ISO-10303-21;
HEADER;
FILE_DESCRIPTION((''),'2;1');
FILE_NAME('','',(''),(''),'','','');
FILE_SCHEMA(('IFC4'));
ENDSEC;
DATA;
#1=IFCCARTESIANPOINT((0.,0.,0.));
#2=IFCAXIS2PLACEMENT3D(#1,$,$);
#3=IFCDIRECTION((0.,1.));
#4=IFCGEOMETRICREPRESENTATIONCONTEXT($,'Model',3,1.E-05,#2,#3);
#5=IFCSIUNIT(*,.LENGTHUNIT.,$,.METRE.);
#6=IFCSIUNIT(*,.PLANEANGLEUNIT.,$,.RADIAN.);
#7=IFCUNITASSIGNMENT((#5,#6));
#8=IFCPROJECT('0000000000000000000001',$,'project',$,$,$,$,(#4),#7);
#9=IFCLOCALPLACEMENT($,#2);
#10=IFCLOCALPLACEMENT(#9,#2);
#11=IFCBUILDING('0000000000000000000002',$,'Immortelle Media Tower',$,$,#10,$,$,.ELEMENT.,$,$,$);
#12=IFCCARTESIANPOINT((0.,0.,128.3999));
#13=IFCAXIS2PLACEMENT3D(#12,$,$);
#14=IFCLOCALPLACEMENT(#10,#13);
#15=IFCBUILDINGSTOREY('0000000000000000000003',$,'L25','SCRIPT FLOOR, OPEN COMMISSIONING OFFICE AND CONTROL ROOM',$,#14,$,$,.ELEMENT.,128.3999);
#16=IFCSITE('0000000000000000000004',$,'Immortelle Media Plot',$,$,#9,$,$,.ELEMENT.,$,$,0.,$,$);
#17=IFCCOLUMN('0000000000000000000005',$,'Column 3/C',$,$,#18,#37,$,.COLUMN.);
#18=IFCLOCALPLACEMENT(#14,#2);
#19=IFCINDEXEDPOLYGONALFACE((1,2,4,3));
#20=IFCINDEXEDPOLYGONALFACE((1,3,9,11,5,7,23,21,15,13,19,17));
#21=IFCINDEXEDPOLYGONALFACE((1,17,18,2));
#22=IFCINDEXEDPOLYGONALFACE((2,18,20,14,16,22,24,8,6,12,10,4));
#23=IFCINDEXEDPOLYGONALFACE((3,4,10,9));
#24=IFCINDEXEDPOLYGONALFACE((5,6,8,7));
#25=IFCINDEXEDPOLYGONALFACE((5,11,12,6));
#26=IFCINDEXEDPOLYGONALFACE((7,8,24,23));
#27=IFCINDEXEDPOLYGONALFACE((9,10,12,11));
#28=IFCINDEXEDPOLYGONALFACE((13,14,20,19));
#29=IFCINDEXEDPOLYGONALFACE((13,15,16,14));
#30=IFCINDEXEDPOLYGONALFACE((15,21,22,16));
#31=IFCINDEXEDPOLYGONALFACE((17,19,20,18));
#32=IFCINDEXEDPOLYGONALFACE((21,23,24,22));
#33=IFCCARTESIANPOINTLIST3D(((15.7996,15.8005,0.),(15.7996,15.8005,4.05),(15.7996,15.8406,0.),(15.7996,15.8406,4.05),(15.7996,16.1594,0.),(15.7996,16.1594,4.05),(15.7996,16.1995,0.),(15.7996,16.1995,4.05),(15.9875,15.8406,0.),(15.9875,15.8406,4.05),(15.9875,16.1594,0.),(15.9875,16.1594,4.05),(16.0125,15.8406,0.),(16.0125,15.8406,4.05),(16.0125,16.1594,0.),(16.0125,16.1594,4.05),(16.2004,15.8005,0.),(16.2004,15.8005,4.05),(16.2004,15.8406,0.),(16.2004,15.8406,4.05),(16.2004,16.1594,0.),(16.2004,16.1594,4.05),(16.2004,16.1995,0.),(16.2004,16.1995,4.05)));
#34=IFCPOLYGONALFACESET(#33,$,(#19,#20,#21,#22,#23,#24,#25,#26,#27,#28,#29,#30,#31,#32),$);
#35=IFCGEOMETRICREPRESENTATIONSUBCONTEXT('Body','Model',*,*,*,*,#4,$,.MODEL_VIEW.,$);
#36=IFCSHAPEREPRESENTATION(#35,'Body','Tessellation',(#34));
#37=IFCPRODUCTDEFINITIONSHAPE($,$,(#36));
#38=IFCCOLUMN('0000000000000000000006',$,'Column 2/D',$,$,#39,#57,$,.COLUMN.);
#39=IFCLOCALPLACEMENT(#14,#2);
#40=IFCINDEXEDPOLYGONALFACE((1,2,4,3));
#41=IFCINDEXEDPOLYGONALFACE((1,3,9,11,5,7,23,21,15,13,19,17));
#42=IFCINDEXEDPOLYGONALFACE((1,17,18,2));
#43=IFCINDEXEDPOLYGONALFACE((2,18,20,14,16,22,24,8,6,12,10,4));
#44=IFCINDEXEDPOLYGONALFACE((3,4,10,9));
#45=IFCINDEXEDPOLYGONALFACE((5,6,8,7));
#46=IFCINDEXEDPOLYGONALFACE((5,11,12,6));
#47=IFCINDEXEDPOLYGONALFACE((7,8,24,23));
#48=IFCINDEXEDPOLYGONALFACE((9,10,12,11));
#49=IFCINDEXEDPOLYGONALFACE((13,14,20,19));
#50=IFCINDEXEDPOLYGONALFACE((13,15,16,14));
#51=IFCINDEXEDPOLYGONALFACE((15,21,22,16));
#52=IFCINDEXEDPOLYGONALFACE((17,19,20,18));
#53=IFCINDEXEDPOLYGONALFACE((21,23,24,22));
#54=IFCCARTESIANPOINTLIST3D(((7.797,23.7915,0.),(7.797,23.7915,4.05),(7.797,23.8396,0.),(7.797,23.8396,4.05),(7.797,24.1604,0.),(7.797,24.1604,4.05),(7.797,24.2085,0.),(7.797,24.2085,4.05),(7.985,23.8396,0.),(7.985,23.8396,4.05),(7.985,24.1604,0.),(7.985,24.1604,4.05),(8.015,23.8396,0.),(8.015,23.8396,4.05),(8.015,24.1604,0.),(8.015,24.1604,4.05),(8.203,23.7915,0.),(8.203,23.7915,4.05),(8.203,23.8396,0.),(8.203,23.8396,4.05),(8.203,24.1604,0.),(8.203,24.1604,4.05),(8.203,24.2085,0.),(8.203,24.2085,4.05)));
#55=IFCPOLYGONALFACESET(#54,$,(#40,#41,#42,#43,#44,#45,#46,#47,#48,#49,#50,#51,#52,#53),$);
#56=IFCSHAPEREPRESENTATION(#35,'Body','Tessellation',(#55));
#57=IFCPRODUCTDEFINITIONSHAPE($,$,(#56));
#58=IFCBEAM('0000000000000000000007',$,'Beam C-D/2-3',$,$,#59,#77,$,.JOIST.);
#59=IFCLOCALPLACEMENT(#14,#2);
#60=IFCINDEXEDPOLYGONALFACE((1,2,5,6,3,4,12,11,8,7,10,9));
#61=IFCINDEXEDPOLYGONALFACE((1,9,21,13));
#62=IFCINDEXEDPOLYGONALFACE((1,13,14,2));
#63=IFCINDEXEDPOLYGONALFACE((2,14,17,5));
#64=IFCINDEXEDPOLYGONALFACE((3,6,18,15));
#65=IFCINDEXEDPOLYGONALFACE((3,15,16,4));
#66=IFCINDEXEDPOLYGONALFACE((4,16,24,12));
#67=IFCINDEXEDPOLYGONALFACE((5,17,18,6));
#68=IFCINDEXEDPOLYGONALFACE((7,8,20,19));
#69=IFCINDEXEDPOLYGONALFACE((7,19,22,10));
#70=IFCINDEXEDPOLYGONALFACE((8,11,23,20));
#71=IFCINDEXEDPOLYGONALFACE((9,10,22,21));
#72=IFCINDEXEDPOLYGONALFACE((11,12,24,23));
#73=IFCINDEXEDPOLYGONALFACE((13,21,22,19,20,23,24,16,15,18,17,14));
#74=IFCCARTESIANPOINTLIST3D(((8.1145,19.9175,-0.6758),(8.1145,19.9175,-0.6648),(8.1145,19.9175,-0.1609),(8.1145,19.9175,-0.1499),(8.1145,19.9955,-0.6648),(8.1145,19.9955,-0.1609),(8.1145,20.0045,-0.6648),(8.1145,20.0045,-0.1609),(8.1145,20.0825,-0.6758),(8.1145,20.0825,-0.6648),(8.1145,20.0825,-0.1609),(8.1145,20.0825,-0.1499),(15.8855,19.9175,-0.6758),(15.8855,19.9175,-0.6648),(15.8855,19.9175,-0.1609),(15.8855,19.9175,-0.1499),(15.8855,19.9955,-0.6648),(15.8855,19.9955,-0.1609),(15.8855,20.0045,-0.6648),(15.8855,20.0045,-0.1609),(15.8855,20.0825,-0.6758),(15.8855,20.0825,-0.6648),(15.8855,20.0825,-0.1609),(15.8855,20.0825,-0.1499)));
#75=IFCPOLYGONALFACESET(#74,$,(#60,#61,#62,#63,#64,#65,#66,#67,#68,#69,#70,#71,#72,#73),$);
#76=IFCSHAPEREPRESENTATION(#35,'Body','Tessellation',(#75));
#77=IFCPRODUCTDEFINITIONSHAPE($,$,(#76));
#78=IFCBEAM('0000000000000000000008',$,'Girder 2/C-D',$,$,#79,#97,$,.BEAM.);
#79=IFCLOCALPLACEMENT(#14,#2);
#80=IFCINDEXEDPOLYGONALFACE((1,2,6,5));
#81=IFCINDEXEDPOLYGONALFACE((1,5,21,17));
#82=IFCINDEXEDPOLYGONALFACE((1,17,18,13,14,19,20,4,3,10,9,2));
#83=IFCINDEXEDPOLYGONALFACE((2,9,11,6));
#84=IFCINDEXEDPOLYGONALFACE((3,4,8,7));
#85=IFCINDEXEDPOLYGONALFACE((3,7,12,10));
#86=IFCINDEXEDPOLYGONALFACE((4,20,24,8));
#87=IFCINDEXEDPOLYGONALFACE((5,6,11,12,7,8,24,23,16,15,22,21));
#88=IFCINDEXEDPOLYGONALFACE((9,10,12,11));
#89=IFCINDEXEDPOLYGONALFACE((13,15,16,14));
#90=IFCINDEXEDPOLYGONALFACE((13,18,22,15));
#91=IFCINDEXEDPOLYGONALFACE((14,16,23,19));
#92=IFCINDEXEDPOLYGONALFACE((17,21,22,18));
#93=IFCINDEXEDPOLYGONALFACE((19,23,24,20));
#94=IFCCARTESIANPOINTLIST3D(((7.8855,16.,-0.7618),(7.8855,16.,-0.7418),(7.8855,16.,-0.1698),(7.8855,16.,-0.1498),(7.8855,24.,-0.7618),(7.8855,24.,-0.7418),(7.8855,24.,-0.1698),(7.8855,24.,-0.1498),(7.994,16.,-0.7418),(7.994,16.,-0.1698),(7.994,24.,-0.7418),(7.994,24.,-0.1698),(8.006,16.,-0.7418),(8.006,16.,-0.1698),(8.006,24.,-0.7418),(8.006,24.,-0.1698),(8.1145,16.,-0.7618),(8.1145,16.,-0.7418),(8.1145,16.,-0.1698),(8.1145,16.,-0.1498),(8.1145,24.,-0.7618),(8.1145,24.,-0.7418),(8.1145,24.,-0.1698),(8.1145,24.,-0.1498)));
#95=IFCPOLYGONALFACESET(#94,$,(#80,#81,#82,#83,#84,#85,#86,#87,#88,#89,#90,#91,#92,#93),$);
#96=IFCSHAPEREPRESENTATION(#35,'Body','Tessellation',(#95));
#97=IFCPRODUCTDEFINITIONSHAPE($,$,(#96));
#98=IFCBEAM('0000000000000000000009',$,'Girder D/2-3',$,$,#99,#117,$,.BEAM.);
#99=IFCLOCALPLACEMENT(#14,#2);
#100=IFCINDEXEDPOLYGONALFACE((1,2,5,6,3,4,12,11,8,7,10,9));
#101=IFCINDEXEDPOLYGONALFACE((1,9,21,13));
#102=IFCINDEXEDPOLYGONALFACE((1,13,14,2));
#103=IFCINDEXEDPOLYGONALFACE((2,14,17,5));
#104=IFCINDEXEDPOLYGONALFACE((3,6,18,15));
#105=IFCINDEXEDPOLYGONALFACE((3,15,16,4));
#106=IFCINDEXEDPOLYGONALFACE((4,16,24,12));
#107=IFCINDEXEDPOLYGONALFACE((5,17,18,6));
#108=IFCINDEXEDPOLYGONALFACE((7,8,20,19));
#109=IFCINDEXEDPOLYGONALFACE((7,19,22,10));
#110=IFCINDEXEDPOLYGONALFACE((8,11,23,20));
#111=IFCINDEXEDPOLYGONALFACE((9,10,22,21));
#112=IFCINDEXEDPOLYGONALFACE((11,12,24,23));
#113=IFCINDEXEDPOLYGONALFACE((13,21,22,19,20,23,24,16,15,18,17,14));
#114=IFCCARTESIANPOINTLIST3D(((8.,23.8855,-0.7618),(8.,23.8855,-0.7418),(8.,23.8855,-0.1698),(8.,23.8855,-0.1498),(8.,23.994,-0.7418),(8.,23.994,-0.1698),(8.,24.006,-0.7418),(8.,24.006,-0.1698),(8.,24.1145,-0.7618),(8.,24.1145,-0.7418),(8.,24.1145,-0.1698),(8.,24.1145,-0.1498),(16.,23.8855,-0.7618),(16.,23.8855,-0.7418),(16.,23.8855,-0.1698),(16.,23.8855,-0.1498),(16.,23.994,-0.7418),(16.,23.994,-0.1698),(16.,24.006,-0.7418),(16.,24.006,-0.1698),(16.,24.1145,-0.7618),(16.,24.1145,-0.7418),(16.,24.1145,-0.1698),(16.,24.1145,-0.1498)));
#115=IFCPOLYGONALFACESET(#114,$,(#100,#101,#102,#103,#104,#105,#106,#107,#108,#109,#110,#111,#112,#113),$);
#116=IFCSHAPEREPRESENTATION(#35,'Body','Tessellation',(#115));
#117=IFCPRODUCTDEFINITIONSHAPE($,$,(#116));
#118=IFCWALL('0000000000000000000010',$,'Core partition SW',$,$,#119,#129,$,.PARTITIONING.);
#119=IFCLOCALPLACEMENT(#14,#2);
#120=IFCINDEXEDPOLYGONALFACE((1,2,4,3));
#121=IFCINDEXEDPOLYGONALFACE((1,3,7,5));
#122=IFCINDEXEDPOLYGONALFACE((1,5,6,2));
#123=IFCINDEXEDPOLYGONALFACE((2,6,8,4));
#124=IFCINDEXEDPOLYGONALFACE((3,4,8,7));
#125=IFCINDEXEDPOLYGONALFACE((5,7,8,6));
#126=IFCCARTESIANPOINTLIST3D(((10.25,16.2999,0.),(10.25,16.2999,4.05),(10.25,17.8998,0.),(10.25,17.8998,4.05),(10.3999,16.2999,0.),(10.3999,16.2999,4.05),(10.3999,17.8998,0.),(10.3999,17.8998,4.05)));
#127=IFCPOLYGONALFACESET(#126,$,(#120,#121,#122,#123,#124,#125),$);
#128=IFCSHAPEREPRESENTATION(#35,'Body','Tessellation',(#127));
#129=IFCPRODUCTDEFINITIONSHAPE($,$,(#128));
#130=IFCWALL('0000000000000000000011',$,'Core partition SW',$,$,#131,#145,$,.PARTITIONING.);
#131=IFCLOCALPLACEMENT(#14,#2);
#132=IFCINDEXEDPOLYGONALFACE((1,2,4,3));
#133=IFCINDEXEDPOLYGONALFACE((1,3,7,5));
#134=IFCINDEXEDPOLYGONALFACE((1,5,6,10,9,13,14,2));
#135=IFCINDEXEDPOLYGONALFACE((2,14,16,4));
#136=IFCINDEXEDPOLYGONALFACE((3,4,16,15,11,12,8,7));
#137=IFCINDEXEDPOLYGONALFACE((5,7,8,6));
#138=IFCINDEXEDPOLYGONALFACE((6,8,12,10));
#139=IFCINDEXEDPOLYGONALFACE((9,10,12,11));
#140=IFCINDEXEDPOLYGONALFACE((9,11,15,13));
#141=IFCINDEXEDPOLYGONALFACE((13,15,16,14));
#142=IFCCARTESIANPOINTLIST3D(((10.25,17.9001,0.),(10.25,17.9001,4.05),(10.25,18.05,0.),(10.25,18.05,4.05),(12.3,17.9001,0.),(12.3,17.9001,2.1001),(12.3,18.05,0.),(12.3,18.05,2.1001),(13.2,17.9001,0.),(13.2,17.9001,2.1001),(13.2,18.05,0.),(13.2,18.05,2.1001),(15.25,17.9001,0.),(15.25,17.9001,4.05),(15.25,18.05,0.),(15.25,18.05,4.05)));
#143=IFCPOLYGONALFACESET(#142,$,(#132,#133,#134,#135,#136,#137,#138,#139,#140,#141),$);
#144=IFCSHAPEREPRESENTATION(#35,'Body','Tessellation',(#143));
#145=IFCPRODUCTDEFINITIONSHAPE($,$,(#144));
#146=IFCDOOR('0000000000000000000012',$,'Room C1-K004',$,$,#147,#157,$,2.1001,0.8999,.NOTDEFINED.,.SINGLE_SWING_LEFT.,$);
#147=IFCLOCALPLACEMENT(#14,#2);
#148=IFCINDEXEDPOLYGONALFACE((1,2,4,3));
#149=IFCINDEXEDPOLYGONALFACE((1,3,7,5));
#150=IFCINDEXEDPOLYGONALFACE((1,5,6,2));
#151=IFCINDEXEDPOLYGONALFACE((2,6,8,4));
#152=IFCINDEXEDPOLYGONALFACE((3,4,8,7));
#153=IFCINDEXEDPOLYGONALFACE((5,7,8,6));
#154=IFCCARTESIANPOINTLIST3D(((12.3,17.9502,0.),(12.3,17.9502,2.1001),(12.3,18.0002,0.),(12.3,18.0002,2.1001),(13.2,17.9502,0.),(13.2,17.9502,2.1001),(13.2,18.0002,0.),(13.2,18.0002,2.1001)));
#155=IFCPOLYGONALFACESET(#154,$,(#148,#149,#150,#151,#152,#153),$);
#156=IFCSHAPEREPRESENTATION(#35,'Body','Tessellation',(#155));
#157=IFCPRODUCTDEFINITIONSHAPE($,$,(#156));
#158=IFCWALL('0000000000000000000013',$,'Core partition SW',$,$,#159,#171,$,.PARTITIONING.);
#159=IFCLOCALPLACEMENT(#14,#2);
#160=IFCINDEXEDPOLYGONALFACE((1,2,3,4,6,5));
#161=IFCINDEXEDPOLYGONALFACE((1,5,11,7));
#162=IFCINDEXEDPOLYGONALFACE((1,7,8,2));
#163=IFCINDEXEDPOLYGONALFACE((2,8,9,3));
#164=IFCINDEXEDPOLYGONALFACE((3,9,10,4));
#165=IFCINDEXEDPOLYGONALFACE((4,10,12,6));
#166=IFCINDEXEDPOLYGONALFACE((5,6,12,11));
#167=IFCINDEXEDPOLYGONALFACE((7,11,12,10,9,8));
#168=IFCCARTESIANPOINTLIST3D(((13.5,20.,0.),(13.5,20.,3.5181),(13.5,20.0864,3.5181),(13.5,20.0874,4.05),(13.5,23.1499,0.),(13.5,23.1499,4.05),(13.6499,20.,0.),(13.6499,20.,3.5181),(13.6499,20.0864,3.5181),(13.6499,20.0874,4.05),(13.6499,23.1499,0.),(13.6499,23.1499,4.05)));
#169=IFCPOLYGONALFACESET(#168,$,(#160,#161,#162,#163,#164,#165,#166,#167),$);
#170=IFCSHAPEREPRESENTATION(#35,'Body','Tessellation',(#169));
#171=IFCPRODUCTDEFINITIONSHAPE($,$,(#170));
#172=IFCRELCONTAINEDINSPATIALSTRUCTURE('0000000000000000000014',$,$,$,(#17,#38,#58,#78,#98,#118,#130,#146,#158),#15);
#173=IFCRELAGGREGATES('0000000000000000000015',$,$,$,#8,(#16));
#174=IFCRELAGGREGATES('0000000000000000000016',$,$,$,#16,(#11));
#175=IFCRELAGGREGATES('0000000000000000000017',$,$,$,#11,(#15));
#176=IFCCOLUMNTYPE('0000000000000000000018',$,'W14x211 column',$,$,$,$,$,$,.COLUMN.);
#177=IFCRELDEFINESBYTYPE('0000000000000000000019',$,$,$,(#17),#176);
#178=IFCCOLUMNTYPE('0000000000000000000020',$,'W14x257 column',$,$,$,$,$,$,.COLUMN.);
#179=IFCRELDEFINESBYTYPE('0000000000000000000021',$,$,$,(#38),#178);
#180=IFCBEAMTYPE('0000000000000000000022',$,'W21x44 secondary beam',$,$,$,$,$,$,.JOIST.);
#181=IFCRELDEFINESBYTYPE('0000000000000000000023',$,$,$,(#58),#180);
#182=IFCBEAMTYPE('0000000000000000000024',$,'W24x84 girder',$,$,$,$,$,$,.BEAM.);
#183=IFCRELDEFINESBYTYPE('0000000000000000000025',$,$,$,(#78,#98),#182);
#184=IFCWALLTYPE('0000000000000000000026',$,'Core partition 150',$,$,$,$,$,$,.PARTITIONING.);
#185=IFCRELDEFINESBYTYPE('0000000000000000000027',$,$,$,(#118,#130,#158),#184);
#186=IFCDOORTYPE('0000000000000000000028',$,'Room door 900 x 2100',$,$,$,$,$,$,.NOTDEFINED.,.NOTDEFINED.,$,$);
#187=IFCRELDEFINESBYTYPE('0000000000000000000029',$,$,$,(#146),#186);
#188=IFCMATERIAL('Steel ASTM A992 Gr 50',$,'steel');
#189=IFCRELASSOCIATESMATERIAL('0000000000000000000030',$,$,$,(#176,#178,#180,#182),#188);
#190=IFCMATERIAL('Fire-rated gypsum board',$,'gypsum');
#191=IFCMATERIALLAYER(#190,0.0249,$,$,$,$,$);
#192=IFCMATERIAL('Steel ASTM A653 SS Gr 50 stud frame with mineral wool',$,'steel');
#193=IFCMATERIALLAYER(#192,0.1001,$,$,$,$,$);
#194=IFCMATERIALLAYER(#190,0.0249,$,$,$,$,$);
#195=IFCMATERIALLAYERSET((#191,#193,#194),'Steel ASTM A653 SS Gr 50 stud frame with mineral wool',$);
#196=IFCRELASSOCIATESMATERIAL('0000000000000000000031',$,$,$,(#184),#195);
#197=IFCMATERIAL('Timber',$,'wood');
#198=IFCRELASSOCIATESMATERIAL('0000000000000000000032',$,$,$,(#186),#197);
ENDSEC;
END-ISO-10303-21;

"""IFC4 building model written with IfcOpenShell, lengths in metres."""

from ifc_helpers import new_model, si_unit, direction, frame, frame_2d, origin, origin_2d, place, context, subcontext, project, spatial, polyline, rectangle, i_section, outline, extrude, material, layer, layer_set, material_profile, profile_set, type_object, element, fill, save


model = new_model("IFC4")

# Units and contexts
model_context = context("Model", 3, precision=1e-05, world=origin(), true_north=direction((0.0, 1.0)))
body_context = subcontext(model_context, "Body", "Model", "MODEL_VIEW")
ifc_project = project(units=[si_unit("LENGTHUNIT", "METRE"), si_unit("PLANEANGLEUNIT", "RADIAN")], contexts=[model_context])

# Site, building, storey
site_placement = place(None, origin())
site = spatial("IfcSite", under=ifc_project, at=site_placement, Name="Immortelle Media Plot", CompositionType="ELEMENT", RefElevation=0.0)
building_placement = place(site_placement, origin())
building = spatial("IfcBuilding", under=site, at=building_placement, Name="Immortelle Media Tower", CompositionType="ELEMENT")
storey_placement = place(building_placement, frame((0.0, 0.0, 128.3999)))
storey = spatial("IfcBuildingStorey", under=building, at=storey_placement, Name="L25", Description="SCRIPT FLOOR, OPEN COMMISSIONING OFFICE AND CONTROL ROOM", CompositionType="ELEMENT", Elevation=128.3999)

# Columns
ifc_material_1 = material(Name="Steel ASTM A992 Gr 50", Category="steel")
ifc_material_profile_1 = material_profile(ifc_material_1, i_section(OverallWidth=0.4009, OverallDepth=0.3989, WebThickness=0.0249, FlangeThickness=0.04, at=origin_2d()), Name="W14x211")
ifc_profile_set_1 = profile_set([ifc_material_profile_1], Name="Steel ASTM A992 Gr 50")
column_type_1 = type_object("IfcColumnType", Name="W14x211 column", PredefinedType="COLUMN", material=ifc_profile_set_1)
column_1_placement = place(storey_placement, frame((16.0, 16.0, 0.0), z_axis=(0.0, 0.0, 1.0), x_axis=(1.0, 0.0, 0.0)))
element("IfcColumn", 1, at=column_1_placement, inside=storey, type_object=column_type_1, Name="Column 3/C", PredefinedType="COLUMN", context=body_context, shape_type="SweptSolid", body=[
    extrude(i_section(OverallWidth=0.4009, OverallDepth=0.3989, WebThickness=0.0249, FlangeThickness=0.04, at=origin_2d()), origin(), (0.0, 0.0, 1.0), 4.05),
])
ifc_material_profile_2 = material_profile(ifc_material_1, i_section(OverallWidth=0.406, OverallDepth=0.417, WebThickness=0.03, FlangeThickness=0.0481, at=origin_2d()), Name="W14x257")
ifc_profile_set_2 = profile_set([ifc_material_profile_2], Name="Steel ASTM A992 Gr 50")
column_type_2 = type_object("IfcColumnType", Name="W14x257 column", PredefinedType="COLUMN", material=ifc_profile_set_2)
column_2_placement = place(storey_placement, frame((8.0, 24.0, 0.0), z_axis=(0.0, 0.0, 1.0), x_axis=(1.0, 0.0, 0.0)))
element("IfcColumn", 2, at=column_2_placement, inside=storey, type_object=column_type_2, Name="Column 2/D", PredefinedType="COLUMN", context=body_context, shape_type="SweptSolid", body=[
    extrude(i_section(OverallWidth=0.406, OverallDepth=0.417, WebThickness=0.03, FlangeThickness=0.0481, at=origin_2d()), origin(), (0.0, 0.0, 1.0), 4.05),
])

# Beams
ifc_material_profile_3 = material_profile(ifc_material_1, i_section(OverallWidth=0.165, OverallDepth=0.5259, WebThickness=0.009, FlangeThickness=0.011, at=origin_2d()), Name="W21x44")
ifc_profile_set_3 = profile_set([ifc_material_profile_3], Name="Steel ASTM A992 Gr 50")
beam_type_1 = type_object("IfcBeamType", Name="W21x44 secondary beam", PredefinedType="JOIST", material=ifc_profile_set_3)
beam_placement = place(storey_placement, frame((8.1145, 20.0, -0.4128), z_axis=(1.0, 0.0, 0.0), x_axis=(0.0, 1.0, 0.0)))
element("IfcBeam", 3, at=beam_placement, inside=storey, type_object=beam_type_1, Name="Beam C-D/2-3", PredefinedType="JOIST", context=body_context, shape_type="SweptSolid", body=[
    extrude(i_section(OverallWidth=0.165, OverallDepth=0.5259, WebThickness=0.009, FlangeThickness=0.011, at=origin_2d()), origin(), (0.0, 0.0, 1.0), 7.771),
])
ifc_material_profile_4 = material_profile(ifc_material_1, i_section(OverallWidth=0.229, OverallDepth=0.6121, WebThickness=0.012, FlangeThickness=0.02, at=origin_2d()), Name="W24x84")
ifc_profile_set_4 = profile_set([ifc_material_profile_4], Name="Steel ASTM A992 Gr 50")
beam_type_2 = type_object("IfcBeamType", Name="W24x84 girder", PredefinedType="BEAM", material=ifc_profile_set_4)
for number, where, z_axis, x_axis, name in (
    (4, (8.0, 16.0, -0.4558), (0.0, 1.0, 0.0), (-1.0, 0.0, 0.0), "Girder 2/C-D"),
    (5, (8.0, 24.0, -0.4558), (1.0, 0.0, 0.0), (0.0, 1.0, 0.0), "Girder D/2-3"),
):
    element("IfcBeam", number, at=place(storey_placement, frame(where, z_axis=z_axis, x_axis=x_axis)), inside=storey, type_object=beam_type_2, Name=name, PredefinedType="BEAM", context=body_context, shape_type="SweptSolid", body=[
        extrude(i_section(OverallWidth=0.229, OverallDepth=0.6121, WebThickness=0.012, FlangeThickness=0.02, at=origin_2d()), origin(), (0.0, 0.0, 1.0), 8.0),
    ])

# Wall
ifc_material_2 = material(Name="Fire-rated gypsum board", Category="gypsum")
ifc_layer_1 = layer(ifc_material_2, 0.0249)
ifc_material_3 = material(Name="Steel ASTM A653 SS Gr 50 stud frame with mineral wool", Category="steel")
ifc_layer_2 = layer(ifc_material_3, 0.1001)
ifc_layer_3 = layer(ifc_material_2, 0.0249)
ifc_layer_set_1 = layer_set([ifc_layer_1, ifc_layer_2, ifc_layer_3], Name="Steel ASTM A653 SS Gr 50 stud frame with mineral wool")
wall_type_1 = type_object("IfcWallType", Name="Core partition 150", PredefinedType="PARTITIONING", material=ifc_layer_set_1)
wall_1_placement = place(storey_placement, frame((10.325, 16.3, 0.0), z_axis=(0.0, 0.0, 1.0), x_axis=(0.0, 1.0, 0.0)))
element("IfcWall", 6, at=wall_1_placement, inside=storey, type_object=wall_type_1, Name="Core partition SW", PredefinedType="PARTITIONING", context=body_context, shape_type="SweptSolid", body=[
    extrude(rectangle(XDim=1.5999, YDim=0.1499, at=frame_2d((0.7998, 0.0))), origin(), (0.0, 0.0, 1.0), 4.05),
])

# Wall, opening, door
wall_2_placement = place(storey_placement, frame((10.25, 17.9751, 0.0), z_axis=(0.0, 0.0, 1.0), x_axis=(1.0, 0.0, 0.0)))
wall_2 = element("IfcWall", 7, at=wall_2_placement, inside=storey, type_object=wall_type_1, Name="Core partition SW", PredefinedType="PARTITIONING", context=body_context, shape_type="SweptSolid", body=[
    extrude(rectangle(XDim=5.0, YDim=0.1499, at=frame_2d((2.5, 0.0))), origin(), (0.0, 0.0, 1.0), 4.05),
])
opening_1_placement = place(wall_2_placement, frame((2.95, 0.0, 0.0), z_axis=(0.0, 0.0, 1.0), x_axis=(-1.0, 0.0, 0.0)))
opening_1 = element("IfcOpeningElement", 8, at=opening_1_placement, cuts=wall_2, PredefinedType="OPENING", context=body_context, shape_type="SweptSolid", body=[
    extrude(rectangle(XDim=0.8999, YDim=2.1001, at=frame_2d((0.45, 1.05))), frame((0.0, 0.085, 0.0), z_axis=(0.0, -1.0, 0.0), x_axis=(1.0, 0.0, 0.0)), (0.0, 0.0, 1.0), 0.1699),
])
ifc_material_4 = material(Name="Timber", Category="wood")
door_type_1 = type_object("IfcDoorType", Name="Room door 900 x 2100", OperationType="NOTDEFINED", PredefinedType="NOTDEFINED", material=ifc_material_4)
door_1_placement = place(opening_1_placement, origin())
door_1 = element("IfcDoor", 9, at=door_1_placement, inside=storey, type_object=door_type_1, Name="Room C1-K004", OperationType="SINGLE_SWING_LEFT", OverallHeight=2.1001, OverallWidth=0.8999, PredefinedType="NOTDEFINED", context=body_context, shape_type="SweptSolid", body=[
    extrude(rectangle(XDim=0.8999, YDim=2.1001, at=frame_2d((0.45, 1.05))), frame((0.0, 0.0249, 0.0), z_axis=(0.0, -1.0, 0.0), x_axis=(1.0, 0.0, 0.0)), (0.0, 0.0, 1.0), 0.05),
])
fill(opening_1, door_1)

# Wall
wall_3_placement = place(storey_placement, frame((13.575, 20.0, 0.0), z_axis=(0.0, 0.0, 1.0), x_axis=(0.0, 1.0, 0.0)))
element("IfcWall", 10, at=wall_3_placement, inside=storey, type_object=wall_type_1, Name="Core partition SW", PredefinedType="PARTITIONING", context=body_context, shape_type="SweptSolid", body=[
    extrude(outline(polyline([(0.0, 0.0), (3.1499, 0.0), (3.1499, 4.05), (0.0874, 4.05), (0.0864, 3.5181), (0.0, 3.5181), (0.0, 0.0)])), frame((0.0, 0.075, 0.0), z_axis=(0.0, -1.0, 0.0), x_axis=(1.0, 0.0, 0.0)), (0.0, 0.0, 1.0), 0.1499),
])

save(model, "model.ifc")
